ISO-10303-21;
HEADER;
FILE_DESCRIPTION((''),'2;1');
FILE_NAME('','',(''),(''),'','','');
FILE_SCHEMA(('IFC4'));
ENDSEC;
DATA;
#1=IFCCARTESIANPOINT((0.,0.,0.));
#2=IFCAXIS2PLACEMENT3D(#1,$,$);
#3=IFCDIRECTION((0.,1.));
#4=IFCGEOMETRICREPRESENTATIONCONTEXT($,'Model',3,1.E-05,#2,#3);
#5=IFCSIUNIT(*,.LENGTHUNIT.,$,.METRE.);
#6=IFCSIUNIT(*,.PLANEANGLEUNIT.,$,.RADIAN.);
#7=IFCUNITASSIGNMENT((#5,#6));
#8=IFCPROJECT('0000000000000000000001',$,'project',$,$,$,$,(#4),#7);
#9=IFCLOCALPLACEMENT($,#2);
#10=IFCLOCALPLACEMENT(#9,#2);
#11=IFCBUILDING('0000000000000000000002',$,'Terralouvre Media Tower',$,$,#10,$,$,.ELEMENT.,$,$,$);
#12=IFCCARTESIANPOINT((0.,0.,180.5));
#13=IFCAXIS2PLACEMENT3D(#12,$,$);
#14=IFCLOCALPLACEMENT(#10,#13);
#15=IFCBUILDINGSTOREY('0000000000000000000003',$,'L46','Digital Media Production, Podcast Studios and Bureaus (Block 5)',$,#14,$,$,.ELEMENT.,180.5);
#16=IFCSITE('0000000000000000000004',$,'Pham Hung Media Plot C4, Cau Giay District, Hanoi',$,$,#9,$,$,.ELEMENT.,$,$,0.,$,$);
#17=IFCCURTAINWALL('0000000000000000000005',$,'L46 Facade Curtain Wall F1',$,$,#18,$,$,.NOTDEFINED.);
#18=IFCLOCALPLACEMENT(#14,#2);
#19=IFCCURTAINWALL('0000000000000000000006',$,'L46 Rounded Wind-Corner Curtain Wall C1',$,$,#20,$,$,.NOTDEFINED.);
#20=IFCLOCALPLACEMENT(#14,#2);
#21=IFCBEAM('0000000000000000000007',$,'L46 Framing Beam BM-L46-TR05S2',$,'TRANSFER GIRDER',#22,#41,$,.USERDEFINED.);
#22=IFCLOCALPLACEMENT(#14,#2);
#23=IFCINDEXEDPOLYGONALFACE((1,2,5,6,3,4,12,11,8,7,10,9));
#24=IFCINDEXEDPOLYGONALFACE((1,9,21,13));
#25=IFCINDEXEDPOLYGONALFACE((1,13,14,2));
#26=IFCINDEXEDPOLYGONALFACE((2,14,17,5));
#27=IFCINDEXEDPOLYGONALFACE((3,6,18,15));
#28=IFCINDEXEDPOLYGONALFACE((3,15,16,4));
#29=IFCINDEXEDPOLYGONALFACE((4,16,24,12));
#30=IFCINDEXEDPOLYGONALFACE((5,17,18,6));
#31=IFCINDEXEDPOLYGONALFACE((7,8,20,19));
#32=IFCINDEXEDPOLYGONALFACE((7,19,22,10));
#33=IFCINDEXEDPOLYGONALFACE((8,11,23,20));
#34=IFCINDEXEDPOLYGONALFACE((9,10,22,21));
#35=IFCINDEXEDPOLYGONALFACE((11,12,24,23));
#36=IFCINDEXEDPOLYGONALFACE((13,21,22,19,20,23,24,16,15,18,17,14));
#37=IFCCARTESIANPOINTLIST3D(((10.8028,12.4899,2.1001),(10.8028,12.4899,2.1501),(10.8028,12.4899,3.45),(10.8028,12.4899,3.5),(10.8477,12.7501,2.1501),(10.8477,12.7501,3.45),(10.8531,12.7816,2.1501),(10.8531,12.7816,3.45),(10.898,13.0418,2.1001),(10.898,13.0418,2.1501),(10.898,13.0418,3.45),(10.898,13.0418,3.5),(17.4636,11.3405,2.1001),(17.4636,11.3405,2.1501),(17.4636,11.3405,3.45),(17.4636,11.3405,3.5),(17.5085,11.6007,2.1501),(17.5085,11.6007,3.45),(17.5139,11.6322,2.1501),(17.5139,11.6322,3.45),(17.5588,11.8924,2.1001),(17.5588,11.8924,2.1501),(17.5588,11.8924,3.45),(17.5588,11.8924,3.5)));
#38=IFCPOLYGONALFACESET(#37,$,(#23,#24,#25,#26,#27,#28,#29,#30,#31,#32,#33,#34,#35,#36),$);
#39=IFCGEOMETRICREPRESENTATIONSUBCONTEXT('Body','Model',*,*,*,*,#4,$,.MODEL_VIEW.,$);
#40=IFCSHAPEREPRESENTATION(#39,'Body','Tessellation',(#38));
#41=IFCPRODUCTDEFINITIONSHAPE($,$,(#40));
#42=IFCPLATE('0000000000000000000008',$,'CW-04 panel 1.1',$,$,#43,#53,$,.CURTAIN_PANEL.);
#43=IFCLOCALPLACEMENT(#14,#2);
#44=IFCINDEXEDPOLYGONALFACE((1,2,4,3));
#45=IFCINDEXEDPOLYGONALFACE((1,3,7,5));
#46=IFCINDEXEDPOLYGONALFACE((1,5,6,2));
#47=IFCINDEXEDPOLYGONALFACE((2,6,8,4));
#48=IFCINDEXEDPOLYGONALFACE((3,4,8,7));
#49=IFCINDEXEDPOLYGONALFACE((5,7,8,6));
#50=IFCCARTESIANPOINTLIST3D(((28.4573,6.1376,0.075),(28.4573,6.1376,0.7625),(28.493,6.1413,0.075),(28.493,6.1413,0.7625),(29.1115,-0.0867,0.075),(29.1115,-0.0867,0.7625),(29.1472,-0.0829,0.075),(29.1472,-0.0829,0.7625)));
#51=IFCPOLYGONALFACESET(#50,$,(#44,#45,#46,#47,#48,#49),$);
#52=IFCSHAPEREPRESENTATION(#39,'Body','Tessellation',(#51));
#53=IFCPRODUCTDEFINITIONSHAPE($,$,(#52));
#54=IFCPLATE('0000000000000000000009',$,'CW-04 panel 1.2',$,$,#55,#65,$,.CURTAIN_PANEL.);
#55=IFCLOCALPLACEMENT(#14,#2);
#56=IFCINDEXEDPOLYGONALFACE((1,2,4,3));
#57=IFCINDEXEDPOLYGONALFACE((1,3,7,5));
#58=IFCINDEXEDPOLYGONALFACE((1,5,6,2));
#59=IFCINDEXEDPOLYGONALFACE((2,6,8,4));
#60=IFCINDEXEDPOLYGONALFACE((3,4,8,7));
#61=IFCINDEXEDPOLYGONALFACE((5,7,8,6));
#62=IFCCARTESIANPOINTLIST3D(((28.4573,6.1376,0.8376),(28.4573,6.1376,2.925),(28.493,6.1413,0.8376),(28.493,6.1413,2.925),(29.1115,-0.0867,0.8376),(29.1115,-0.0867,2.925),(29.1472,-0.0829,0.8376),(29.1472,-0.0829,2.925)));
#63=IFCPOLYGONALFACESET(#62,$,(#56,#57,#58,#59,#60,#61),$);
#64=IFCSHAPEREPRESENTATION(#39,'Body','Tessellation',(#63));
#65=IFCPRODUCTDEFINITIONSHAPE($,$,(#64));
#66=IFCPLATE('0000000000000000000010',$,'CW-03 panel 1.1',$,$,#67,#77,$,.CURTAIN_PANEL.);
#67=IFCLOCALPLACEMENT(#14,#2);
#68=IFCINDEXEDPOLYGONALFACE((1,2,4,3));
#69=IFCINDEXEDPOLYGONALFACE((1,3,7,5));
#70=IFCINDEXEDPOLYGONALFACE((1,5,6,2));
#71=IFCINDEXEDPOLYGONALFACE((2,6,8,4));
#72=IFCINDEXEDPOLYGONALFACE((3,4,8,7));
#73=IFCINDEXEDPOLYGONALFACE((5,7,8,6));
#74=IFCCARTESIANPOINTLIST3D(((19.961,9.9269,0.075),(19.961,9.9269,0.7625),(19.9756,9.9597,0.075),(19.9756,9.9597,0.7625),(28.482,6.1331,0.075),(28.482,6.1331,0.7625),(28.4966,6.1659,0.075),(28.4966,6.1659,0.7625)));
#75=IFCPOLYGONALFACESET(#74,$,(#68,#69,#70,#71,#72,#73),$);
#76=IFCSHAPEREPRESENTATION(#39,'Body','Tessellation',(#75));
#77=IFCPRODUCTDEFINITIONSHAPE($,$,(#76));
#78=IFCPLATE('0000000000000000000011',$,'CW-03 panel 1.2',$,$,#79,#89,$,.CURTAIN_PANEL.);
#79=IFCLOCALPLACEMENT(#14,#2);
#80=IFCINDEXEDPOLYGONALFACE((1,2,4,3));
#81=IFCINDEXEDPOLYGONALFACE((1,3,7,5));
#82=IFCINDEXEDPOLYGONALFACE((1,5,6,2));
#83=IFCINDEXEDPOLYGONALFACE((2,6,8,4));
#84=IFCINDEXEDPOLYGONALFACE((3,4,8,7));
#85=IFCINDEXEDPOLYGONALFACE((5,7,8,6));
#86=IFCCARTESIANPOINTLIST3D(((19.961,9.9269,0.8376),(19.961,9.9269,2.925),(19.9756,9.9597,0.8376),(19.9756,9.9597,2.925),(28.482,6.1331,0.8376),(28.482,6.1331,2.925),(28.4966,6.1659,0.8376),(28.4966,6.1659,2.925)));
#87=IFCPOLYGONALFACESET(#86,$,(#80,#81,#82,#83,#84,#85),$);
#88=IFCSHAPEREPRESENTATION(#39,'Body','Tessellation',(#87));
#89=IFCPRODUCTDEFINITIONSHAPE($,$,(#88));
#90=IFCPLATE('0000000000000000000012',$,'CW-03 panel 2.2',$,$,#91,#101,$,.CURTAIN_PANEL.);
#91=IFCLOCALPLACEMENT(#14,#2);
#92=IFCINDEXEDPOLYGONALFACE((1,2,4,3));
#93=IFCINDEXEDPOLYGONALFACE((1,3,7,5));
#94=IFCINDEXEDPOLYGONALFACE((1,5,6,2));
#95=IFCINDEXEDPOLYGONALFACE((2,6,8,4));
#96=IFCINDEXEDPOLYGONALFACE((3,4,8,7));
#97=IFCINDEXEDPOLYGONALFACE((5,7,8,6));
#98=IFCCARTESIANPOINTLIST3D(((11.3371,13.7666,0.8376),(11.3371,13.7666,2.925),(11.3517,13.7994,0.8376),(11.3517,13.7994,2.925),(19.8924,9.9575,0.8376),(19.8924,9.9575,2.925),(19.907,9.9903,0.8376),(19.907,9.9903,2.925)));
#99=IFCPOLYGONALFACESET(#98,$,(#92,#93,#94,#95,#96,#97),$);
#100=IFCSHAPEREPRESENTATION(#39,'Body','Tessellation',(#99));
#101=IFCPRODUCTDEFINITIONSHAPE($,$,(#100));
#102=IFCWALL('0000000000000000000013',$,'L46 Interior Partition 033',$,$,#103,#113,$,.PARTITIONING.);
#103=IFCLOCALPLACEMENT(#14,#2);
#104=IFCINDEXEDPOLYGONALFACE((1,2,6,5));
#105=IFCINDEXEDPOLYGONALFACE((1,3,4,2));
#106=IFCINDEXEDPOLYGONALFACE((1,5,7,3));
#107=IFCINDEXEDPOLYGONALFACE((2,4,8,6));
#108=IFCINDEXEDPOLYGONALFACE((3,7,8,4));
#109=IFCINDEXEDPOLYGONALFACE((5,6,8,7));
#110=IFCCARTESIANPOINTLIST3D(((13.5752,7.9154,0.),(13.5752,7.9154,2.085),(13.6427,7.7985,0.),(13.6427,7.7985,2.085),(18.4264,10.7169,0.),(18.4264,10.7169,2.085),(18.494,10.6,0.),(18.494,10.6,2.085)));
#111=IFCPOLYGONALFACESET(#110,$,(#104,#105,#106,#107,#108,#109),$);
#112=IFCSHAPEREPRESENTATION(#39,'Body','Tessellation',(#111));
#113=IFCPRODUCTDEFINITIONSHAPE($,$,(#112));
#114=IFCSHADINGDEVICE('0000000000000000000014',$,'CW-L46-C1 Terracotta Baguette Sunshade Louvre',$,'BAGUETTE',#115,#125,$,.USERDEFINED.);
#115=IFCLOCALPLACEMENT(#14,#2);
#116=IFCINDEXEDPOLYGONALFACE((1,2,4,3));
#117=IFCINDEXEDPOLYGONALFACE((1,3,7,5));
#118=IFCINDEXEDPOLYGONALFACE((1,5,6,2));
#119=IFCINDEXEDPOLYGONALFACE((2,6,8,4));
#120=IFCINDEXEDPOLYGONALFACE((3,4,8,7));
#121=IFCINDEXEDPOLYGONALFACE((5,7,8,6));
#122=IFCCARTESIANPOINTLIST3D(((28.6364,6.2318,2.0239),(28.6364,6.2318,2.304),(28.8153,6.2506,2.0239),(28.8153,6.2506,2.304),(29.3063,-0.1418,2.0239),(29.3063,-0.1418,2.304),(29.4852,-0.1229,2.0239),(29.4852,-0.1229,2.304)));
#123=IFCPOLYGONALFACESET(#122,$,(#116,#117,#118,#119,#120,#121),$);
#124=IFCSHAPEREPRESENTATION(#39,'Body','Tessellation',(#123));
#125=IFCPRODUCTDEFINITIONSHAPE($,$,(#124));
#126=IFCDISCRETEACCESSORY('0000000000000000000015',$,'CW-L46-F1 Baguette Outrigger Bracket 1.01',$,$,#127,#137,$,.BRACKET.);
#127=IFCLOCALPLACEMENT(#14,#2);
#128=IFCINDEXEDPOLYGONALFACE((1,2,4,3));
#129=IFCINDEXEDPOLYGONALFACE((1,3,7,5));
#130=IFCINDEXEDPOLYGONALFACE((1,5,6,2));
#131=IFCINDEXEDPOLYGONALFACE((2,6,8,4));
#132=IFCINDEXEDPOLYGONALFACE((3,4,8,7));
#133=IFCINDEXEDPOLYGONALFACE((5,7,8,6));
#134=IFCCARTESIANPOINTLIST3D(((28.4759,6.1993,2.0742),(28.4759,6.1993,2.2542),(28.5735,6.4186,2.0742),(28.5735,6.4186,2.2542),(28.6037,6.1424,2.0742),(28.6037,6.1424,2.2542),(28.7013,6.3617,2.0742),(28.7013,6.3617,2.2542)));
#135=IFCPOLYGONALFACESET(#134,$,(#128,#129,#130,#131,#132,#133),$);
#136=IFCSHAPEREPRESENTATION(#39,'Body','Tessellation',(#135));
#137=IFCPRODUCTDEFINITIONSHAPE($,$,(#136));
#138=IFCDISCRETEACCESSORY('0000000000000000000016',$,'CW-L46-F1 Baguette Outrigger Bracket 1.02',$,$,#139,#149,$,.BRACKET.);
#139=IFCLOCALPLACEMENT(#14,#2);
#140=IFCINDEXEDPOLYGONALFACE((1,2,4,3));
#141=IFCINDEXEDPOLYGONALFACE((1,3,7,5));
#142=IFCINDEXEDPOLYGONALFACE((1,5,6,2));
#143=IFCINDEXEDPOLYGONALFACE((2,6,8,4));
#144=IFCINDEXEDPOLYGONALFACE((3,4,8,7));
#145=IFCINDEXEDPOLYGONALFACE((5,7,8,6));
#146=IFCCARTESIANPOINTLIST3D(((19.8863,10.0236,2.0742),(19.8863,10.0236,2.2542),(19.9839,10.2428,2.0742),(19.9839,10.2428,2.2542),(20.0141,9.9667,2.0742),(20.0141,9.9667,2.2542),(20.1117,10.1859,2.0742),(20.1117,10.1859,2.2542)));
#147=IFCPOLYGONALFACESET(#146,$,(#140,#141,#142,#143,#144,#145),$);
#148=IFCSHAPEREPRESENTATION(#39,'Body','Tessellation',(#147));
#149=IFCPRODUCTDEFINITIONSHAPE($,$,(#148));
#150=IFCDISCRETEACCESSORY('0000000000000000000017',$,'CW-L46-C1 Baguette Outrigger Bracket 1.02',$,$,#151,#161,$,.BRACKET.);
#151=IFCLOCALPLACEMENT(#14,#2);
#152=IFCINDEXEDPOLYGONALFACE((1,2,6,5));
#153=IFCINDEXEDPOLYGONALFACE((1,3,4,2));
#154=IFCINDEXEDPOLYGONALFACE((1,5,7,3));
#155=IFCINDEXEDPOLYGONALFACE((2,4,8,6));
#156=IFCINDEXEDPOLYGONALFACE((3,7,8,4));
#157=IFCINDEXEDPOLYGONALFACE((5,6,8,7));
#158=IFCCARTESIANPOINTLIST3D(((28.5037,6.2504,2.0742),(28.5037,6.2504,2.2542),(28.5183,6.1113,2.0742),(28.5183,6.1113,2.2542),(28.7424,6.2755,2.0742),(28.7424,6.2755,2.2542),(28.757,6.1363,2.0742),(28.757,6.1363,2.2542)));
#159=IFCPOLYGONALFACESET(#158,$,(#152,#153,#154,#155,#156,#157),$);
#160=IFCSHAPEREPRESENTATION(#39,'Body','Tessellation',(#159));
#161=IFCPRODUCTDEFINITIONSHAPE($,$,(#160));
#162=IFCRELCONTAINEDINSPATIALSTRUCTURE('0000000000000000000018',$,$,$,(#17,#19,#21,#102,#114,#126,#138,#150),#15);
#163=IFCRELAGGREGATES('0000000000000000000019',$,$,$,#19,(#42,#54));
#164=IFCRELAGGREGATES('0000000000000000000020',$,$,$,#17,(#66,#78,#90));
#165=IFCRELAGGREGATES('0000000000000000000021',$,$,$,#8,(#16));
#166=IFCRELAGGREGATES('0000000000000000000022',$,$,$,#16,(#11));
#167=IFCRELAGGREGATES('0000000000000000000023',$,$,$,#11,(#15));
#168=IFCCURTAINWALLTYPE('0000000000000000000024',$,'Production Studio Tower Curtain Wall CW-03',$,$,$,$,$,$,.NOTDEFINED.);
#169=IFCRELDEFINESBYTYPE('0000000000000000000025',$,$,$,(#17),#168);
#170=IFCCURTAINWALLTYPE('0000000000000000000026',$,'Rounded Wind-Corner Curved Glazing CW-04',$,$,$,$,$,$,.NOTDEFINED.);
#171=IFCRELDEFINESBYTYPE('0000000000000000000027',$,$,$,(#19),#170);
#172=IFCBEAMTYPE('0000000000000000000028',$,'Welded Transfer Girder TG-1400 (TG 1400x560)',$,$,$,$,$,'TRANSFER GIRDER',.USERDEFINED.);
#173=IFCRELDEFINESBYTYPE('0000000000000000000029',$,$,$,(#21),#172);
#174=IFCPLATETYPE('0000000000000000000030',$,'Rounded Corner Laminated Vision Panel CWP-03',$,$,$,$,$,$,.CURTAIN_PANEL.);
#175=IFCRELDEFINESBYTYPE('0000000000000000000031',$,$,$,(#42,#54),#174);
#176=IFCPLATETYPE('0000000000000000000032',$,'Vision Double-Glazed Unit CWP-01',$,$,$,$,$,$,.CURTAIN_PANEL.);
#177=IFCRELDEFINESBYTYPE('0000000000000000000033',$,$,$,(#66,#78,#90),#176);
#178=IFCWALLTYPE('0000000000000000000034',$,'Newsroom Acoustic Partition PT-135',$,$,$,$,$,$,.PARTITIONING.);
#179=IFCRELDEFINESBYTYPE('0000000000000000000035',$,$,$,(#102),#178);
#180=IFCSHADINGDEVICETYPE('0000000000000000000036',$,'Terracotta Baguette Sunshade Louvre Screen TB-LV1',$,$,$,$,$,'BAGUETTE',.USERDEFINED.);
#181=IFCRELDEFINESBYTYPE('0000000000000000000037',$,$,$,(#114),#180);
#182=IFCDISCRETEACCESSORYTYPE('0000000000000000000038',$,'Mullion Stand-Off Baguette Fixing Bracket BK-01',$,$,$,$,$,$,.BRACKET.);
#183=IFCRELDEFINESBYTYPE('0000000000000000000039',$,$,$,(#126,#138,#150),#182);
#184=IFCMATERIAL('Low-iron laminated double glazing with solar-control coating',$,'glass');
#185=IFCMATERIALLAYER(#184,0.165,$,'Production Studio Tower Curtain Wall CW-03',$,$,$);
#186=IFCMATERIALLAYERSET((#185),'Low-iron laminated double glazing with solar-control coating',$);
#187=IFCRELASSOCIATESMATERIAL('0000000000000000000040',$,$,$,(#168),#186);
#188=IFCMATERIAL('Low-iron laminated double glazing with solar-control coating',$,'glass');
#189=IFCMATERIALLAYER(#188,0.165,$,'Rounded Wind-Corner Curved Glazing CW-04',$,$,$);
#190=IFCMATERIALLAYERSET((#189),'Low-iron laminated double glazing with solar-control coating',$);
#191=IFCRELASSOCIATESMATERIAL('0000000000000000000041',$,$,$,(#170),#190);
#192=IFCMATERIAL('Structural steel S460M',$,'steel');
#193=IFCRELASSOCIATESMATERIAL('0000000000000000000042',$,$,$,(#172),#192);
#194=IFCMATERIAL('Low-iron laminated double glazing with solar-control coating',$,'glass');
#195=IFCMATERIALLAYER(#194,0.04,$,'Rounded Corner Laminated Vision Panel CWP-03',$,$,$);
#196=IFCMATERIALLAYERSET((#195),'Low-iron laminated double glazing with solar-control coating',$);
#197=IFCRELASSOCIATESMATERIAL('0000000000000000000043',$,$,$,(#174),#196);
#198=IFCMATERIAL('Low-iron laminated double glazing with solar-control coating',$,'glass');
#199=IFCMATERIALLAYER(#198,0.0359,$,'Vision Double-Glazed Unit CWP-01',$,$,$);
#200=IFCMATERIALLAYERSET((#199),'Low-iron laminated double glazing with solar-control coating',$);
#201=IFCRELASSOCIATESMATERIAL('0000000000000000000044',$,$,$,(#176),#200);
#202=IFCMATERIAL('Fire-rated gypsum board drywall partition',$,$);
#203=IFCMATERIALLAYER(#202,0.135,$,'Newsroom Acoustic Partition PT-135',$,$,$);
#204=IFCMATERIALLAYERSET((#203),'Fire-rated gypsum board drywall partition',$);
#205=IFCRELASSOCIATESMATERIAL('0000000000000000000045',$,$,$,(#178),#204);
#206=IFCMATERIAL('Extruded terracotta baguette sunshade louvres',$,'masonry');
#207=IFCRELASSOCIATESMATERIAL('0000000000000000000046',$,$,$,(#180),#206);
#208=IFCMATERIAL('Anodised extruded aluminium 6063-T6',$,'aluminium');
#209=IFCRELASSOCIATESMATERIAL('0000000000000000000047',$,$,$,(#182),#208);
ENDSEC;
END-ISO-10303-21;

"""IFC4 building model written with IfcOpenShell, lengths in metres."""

from ifc_helpers import new_model, si_unit, direction, frame, frame_2d, origin, origin_2d, place, context, subcontext, project, spatial, rectangle, i_section, extrude, material, layer, layer_set, material_profile, profile_set, type_object, element, aggregate, save


model = new_model("IFC4")

# Units and contexts
model_context = context("Model", 3, precision=1e-05, world=origin(), true_north=direction((0.0, 1.0)))
body_context = subcontext(model_context, "Body", "Model", "MODEL_VIEW")
ifc_project = project(units=[si_unit("LENGTHUNIT", "METRE"), si_unit("PLANEANGLEUNIT", "RADIAN")], contexts=[model_context])

# Site, building, storey
site_placement = place(None, origin())
site = spatial("IfcSite", under=ifc_project, at=site_placement, Name="Pham Hung Media Plot C4, Cau Giay District, Hanoi", CompositionType="ELEMENT", RefElevation=0.0)
building_placement = place(site_placement, origin())
building = spatial("IfcBuilding", under=site, at=building_placement, Name="Terralouvre Media Tower", CompositionType="ELEMENT")
storey_placement = place(building_placement, frame((0.0, 0.0, 180.5)))
storey = spatial("IfcBuildingStorey", under=building, at=storey_placement, Name="L46", Description="Digital Media Production, Podcast Studios and Bureaus (Block 5)", CompositionType="ELEMENT", Elevation=180.5)

# Curtain wall
ifc_material_1 = material(Name="Low-iron laminated double glazing with solar-control coating", Category="glass")
ifc_layer_1 = layer(ifc_material_1, 0.165, Name="Production Studio Tower Curtain Wall CW-03")
ifc_layer_set_1 = layer_set([ifc_layer_1], Name="Low-iron laminated double glazing with solar-control coating")
curtain_wall_type_1 = type_object("IfcCurtainWallType", Name="Production Studio Tower Curtain Wall CW-03", PredefinedType="NOTDEFINED", material=ifc_layer_set_1)
curtain_wall_1_placement = place(storey_placement, origin())
curtain_wall_1 = element("IfcCurtainWall", 1, at=curtain_wall_1_placement, inside=storey, type_object=curtain_wall_type_1, Name="L46 Facade Curtain Wall F1", PredefinedType="NOTDEFINED")

# Curtain wall
ifc_material_2 = material(Name="Low-iron laminated double glazing with solar-control coating", Category="glass")
ifc_layer_2 = layer(ifc_material_2, 0.165, Name="Rounded Wind-Corner Curved Glazing CW-04")
ifc_layer_set_2 = layer_set([ifc_layer_2], Name="Low-iron laminated double glazing with solar-control coating")
curtain_wall_type_2 = type_object("IfcCurtainWallType", Name="Rounded Wind-Corner Curved Glazing CW-04", PredefinedType="NOTDEFINED", material=ifc_layer_set_2)
curtain_wall_2_placement = place(storey_placement, origin())
curtain_wall_2 = element("IfcCurtainWall", 2, at=curtain_wall_2_placement, inside=storey, type_object=curtain_wall_type_2, Name="L46 Rounded Wind-Corner Curtain Wall C1", PredefinedType="NOTDEFINED")

# Beam
ifc_material_3 = material(Name="Structural steel S460M", Category="steel")
ifc_material_profile_1 = material_profile(ifc_material_3, i_section(OverallWidth=0.5601, OverallDepth=1.3999, WebThickness=0.032, FlangeThickness=0.05, at=origin_2d()), Name="TG 1400x560")
ifc_profile_set_1 = profile_set([ifc_material_profile_1], Name="Structural steel S460M")
beam_type = type_object("IfcBeamType", Name="Welded Transfer Girder TG-1400 (TG 1400x560)", ElementType="TRANSFER GIRDER", PredefinedType="USERDEFINED", material=ifc_profile_set_1)
beam_1_placement = place(storey_placement, frame((17.5112, 11.6165, 2.8), z_axis=(-0.985436, 0.170048, 0.0), x_axis=(-0.170048, -0.985436, 0.0)))
element("IfcBeam", 3, at=beam_1_placement, inside=storey, type_object=beam_type, Name="L46 Framing Beam BM-L46-TR05S2", ObjectType="TRANSFER GIRDER", PredefinedType="USERDEFINED", context=body_context, shape_type="SweptSolid", body=[
    extrude(i_section(OverallWidth=0.5601, OverallDepth=1.3999, WebThickness=0.032, FlangeThickness=0.05, at=origin_2d()), origin(), (0.0, 0.0, 1.0), 6.7593),
])

# Plates
ifc_material_4 = material(Name="Low-iron laminated double glazing with solar-control coating", Category="glass")
ifc_layer_3 = layer(ifc_material_4, 0.04, Name="Rounded Corner Laminated Vision Panel CWP-03")
ifc_layer_set_3 = layer_set([ifc_layer_3], Name="Low-iron laminated double glazing with solar-control coating")
plate_type_1 = type_object("IfcPlateType", Name="Rounded Corner Laminated Vision Panel CWP-03", PredefinedType="CURTAIN_PANEL", material=ifc_layer_set_3)
plate_1_placement = place(storey_placement, frame((28.8022, 3.0273, 0.075), z_axis=(0.0, 0.0, 1.0), x_axis=(-0.104529, 0.994522, 0.0)))
plate_1 = element("IfcPlate", 4, at=plate_1_placement, type_object=plate_type_1, Name="CW-04 panel 1.1", PredefinedType="CURTAIN_PANEL", context=body_context, shape_type="SweptSolid", body=[
    extrude(rectangle(XDim=6.2585, YDim=0.0359, at=origin_2d()), origin(), (0.0, 0.0, 1.0), 0.6875),
])
plate_2_placement = place(storey_placement, frame((28.8022, 3.0273, 0.8376), z_axis=(0.0, 0.0, 1.0), x_axis=(-0.104529, 0.994522, 0.0)))
plate_2 = element("IfcPlate", 5, at=plate_2_placement, type_object=plate_type_1, Name="CW-04 panel 1.2", PredefinedType="CURTAIN_PANEL", context=body_context, shape_type="SweptSolid", body=[
    extrude(rectangle(XDim=6.2585, YDim=0.0359, at=origin_2d()), origin(), (0.0, 0.0, 1.0), 2.0874),
])
aggregate(curtain_wall_2, [plate_1, plate_2])
ifc_material_5 = material(Name="Low-iron laminated double glazing with solar-control coating", Category="glass")
ifc_layer_4 = layer(ifc_material_5, 0.0359, Name="Vision Double-Glazed Unit CWP-01")
ifc_layer_set_4 = layer_set([ifc_layer_4], Name="Low-iron laminated double glazing with solar-control coating")
plate_type_2 = type_object("IfcPlateType", Name="Vision Double-Glazed Unit CWP-01", PredefinedType="CURTAIN_PANEL", material=ifc_layer_set_4)
plate_3_placement = place(storey_placement, frame((24.2288, 8.0464, 0.075), z_axis=(0.0, 0.0, 1.0), x_axis=(-0.913545, 0.406737, 0.0)))
plate_3 = element("IfcPlate", 6, at=plate_3_placement, type_object=plate_type_2, Name="CW-03 panel 1.1", PredefinedType="CURTAIN_PANEL", context=body_context, shape_type="SweptSolid", body=[
    extrude(rectangle(XDim=9.3274, YDim=0.0359, at=origin_2d()), origin(), (0.0, 0.0, 1.0), 0.6875),
])
plate_4_placement = place(storey_placement, frame((24.2288, 8.0464, 0.8376), z_axis=(0.0, 0.0, 1.0), x_axis=(-0.913545, 0.406737, 0.0)))
plate_4 = element("IfcPlate", 7, at=plate_4_placement, type_object=plate_type_2, Name="CW-03 panel 1.2", PredefinedType="CURTAIN_PANEL", context=body_context, shape_type="SweptSolid", body=[
    extrude(rectangle(XDim=9.3274, YDim=0.0359, at=origin_2d()), origin(), (0.0, 0.0, 1.0), 2.0874),
])
plate_5_placement = place(storey_placement, frame((15.6221, 11.8784, 0.8376), z_axis=(0.0, 0.0, 1.0), x_axis=(-0.913545, 0.406737, 0.0)))
plate_5 = element("IfcPlate", 8, at=plate_5_placement, type_object=plate_type_2, Name="CW-03 panel 2.2", PredefinedType="CURTAIN_PANEL", context=body_context, shape_type="SweptSolid", body=[
    extrude(rectangle(XDim=9.365, YDim=0.0359, at=origin_2d()), origin(), (0.0, 0.0, 1.0), 2.0874),
])
aggregate(curtain_wall_1, [plate_3, plate_4, plate_5])

# Wall
ifc_material_6 = material(Name="Fire-rated gypsum board drywall partition")
ifc_layer_5 = layer(ifc_material_6, 0.135, Name="Newsroom Acoustic Partition PT-135")
ifc_layer_set_5 = layer_set([ifc_layer_5], Name="Fire-rated gypsum board drywall partition")
wall_type = type_object("IfcWallType", Name="Newsroom Acoustic Partition PT-135", PredefinedType="PARTITIONING", material=ifc_layer_set_5)
wall_placement = place(storey_placement, frame((18.4602, 10.6584, 0.0), z_axis=(0.0, 0.0, 1.0), x_axis=(-0.865979, -0.500081, 0.0)))
element("IfcWall", 9, at=wall_placement, inside=storey, type_object=wall_type, Name="L46 Interior Partition 033", PredefinedType="PARTITIONING", context=body_context, shape_type="SweptSolid", body=[
    extrude(rectangle(XDim=5.6021, YDim=0.135, at=frame_2d((2.801, 0.0))), origin(), (0.0, 0.0, 1.0), 2.085),
])

# Shading device
ifc_material_7 = material(Name="Extruded terracotta baguette sunshade louvres", Category="masonry")
shading_device_type = type_object("IfcShadingDeviceType", Name="Terracotta Baguette Sunshade Louvre Screen TB-LV1", ElementType="BAGUETTE", PredefinedType="USERDEFINED", material=ifc_material_7)
shading_device_placement = place(storey_placement, frame((29.0608, 3.0544, 2.0239), z_axis=(0.0, 0.0, 1.0), x_axis=(-0.104529, 0.994522, 0.0)))
element("IfcShadingDevice", 10, at=shading_device_placement, inside=storey, type_object=shading_device_type, Name="CW-L46-C1 Terracotta Baguette Sunshade Louvre", ObjectType="BAGUETTE", PredefinedType="USERDEFINED", context=body_context, shape_type="SweptSolid", body=[
    extrude(rectangle(XDim=6.4087, YDim=0.1799, at=origin_2d()), origin(), (0.0, 0.0, 1.0), 0.28),
])

# Discrete accessories
ifc_material_8 = material(Name="Anodised extruded aluminium 6063-T6", Category="aluminium")
discrete_accessory_type = type_object("IfcDiscreteAccessoryType", Name="Mullion Stand-Off Baguette Fixing Bracket BK-01", PredefinedType="BRACKET", material=ifc_material_8)
for number, where, z_axis, x_axis, name in (
    (11, (28.5886, 6.2805, 2.0742), (0.0, 0.0, 1.0), (-0.913545, 0.406737, 0.0), "CW-L46-F1 Baguette Outrigger Bracket 1.01"),
    (12, (19.999, 10.1047, 2.0742), (0.0, 0.0, 1.0), (-0.913545, 0.406737, 0.0), "CW-L46-F1 Baguette Outrigger Bracket 1.02"),
    (13, (28.6304, 6.1934, 2.0742), (0.0, 0.0, 1.0), (-0.104529, 0.994522, 0.0), "CW-L46-C1 Baguette Outrigger Bracket 1.02"),
):
    element("IfcDiscreteAccessory", number, at=place(storey_placement, frame(where, z_axis=z_axis, x_axis=x_axis)), inside=storey, type_object=discrete_accessory_type, Name=name, PredefinedType="BRACKET", context=body_context, shape_type="SweptSolid", body=[
        extrude(rectangle(XDim=0.1399, YDim=0.24, at=origin_2d()), origin(), (0.0, 0.0, 1.0), 0.1799),
    ])

save(model, "model.ifc")
